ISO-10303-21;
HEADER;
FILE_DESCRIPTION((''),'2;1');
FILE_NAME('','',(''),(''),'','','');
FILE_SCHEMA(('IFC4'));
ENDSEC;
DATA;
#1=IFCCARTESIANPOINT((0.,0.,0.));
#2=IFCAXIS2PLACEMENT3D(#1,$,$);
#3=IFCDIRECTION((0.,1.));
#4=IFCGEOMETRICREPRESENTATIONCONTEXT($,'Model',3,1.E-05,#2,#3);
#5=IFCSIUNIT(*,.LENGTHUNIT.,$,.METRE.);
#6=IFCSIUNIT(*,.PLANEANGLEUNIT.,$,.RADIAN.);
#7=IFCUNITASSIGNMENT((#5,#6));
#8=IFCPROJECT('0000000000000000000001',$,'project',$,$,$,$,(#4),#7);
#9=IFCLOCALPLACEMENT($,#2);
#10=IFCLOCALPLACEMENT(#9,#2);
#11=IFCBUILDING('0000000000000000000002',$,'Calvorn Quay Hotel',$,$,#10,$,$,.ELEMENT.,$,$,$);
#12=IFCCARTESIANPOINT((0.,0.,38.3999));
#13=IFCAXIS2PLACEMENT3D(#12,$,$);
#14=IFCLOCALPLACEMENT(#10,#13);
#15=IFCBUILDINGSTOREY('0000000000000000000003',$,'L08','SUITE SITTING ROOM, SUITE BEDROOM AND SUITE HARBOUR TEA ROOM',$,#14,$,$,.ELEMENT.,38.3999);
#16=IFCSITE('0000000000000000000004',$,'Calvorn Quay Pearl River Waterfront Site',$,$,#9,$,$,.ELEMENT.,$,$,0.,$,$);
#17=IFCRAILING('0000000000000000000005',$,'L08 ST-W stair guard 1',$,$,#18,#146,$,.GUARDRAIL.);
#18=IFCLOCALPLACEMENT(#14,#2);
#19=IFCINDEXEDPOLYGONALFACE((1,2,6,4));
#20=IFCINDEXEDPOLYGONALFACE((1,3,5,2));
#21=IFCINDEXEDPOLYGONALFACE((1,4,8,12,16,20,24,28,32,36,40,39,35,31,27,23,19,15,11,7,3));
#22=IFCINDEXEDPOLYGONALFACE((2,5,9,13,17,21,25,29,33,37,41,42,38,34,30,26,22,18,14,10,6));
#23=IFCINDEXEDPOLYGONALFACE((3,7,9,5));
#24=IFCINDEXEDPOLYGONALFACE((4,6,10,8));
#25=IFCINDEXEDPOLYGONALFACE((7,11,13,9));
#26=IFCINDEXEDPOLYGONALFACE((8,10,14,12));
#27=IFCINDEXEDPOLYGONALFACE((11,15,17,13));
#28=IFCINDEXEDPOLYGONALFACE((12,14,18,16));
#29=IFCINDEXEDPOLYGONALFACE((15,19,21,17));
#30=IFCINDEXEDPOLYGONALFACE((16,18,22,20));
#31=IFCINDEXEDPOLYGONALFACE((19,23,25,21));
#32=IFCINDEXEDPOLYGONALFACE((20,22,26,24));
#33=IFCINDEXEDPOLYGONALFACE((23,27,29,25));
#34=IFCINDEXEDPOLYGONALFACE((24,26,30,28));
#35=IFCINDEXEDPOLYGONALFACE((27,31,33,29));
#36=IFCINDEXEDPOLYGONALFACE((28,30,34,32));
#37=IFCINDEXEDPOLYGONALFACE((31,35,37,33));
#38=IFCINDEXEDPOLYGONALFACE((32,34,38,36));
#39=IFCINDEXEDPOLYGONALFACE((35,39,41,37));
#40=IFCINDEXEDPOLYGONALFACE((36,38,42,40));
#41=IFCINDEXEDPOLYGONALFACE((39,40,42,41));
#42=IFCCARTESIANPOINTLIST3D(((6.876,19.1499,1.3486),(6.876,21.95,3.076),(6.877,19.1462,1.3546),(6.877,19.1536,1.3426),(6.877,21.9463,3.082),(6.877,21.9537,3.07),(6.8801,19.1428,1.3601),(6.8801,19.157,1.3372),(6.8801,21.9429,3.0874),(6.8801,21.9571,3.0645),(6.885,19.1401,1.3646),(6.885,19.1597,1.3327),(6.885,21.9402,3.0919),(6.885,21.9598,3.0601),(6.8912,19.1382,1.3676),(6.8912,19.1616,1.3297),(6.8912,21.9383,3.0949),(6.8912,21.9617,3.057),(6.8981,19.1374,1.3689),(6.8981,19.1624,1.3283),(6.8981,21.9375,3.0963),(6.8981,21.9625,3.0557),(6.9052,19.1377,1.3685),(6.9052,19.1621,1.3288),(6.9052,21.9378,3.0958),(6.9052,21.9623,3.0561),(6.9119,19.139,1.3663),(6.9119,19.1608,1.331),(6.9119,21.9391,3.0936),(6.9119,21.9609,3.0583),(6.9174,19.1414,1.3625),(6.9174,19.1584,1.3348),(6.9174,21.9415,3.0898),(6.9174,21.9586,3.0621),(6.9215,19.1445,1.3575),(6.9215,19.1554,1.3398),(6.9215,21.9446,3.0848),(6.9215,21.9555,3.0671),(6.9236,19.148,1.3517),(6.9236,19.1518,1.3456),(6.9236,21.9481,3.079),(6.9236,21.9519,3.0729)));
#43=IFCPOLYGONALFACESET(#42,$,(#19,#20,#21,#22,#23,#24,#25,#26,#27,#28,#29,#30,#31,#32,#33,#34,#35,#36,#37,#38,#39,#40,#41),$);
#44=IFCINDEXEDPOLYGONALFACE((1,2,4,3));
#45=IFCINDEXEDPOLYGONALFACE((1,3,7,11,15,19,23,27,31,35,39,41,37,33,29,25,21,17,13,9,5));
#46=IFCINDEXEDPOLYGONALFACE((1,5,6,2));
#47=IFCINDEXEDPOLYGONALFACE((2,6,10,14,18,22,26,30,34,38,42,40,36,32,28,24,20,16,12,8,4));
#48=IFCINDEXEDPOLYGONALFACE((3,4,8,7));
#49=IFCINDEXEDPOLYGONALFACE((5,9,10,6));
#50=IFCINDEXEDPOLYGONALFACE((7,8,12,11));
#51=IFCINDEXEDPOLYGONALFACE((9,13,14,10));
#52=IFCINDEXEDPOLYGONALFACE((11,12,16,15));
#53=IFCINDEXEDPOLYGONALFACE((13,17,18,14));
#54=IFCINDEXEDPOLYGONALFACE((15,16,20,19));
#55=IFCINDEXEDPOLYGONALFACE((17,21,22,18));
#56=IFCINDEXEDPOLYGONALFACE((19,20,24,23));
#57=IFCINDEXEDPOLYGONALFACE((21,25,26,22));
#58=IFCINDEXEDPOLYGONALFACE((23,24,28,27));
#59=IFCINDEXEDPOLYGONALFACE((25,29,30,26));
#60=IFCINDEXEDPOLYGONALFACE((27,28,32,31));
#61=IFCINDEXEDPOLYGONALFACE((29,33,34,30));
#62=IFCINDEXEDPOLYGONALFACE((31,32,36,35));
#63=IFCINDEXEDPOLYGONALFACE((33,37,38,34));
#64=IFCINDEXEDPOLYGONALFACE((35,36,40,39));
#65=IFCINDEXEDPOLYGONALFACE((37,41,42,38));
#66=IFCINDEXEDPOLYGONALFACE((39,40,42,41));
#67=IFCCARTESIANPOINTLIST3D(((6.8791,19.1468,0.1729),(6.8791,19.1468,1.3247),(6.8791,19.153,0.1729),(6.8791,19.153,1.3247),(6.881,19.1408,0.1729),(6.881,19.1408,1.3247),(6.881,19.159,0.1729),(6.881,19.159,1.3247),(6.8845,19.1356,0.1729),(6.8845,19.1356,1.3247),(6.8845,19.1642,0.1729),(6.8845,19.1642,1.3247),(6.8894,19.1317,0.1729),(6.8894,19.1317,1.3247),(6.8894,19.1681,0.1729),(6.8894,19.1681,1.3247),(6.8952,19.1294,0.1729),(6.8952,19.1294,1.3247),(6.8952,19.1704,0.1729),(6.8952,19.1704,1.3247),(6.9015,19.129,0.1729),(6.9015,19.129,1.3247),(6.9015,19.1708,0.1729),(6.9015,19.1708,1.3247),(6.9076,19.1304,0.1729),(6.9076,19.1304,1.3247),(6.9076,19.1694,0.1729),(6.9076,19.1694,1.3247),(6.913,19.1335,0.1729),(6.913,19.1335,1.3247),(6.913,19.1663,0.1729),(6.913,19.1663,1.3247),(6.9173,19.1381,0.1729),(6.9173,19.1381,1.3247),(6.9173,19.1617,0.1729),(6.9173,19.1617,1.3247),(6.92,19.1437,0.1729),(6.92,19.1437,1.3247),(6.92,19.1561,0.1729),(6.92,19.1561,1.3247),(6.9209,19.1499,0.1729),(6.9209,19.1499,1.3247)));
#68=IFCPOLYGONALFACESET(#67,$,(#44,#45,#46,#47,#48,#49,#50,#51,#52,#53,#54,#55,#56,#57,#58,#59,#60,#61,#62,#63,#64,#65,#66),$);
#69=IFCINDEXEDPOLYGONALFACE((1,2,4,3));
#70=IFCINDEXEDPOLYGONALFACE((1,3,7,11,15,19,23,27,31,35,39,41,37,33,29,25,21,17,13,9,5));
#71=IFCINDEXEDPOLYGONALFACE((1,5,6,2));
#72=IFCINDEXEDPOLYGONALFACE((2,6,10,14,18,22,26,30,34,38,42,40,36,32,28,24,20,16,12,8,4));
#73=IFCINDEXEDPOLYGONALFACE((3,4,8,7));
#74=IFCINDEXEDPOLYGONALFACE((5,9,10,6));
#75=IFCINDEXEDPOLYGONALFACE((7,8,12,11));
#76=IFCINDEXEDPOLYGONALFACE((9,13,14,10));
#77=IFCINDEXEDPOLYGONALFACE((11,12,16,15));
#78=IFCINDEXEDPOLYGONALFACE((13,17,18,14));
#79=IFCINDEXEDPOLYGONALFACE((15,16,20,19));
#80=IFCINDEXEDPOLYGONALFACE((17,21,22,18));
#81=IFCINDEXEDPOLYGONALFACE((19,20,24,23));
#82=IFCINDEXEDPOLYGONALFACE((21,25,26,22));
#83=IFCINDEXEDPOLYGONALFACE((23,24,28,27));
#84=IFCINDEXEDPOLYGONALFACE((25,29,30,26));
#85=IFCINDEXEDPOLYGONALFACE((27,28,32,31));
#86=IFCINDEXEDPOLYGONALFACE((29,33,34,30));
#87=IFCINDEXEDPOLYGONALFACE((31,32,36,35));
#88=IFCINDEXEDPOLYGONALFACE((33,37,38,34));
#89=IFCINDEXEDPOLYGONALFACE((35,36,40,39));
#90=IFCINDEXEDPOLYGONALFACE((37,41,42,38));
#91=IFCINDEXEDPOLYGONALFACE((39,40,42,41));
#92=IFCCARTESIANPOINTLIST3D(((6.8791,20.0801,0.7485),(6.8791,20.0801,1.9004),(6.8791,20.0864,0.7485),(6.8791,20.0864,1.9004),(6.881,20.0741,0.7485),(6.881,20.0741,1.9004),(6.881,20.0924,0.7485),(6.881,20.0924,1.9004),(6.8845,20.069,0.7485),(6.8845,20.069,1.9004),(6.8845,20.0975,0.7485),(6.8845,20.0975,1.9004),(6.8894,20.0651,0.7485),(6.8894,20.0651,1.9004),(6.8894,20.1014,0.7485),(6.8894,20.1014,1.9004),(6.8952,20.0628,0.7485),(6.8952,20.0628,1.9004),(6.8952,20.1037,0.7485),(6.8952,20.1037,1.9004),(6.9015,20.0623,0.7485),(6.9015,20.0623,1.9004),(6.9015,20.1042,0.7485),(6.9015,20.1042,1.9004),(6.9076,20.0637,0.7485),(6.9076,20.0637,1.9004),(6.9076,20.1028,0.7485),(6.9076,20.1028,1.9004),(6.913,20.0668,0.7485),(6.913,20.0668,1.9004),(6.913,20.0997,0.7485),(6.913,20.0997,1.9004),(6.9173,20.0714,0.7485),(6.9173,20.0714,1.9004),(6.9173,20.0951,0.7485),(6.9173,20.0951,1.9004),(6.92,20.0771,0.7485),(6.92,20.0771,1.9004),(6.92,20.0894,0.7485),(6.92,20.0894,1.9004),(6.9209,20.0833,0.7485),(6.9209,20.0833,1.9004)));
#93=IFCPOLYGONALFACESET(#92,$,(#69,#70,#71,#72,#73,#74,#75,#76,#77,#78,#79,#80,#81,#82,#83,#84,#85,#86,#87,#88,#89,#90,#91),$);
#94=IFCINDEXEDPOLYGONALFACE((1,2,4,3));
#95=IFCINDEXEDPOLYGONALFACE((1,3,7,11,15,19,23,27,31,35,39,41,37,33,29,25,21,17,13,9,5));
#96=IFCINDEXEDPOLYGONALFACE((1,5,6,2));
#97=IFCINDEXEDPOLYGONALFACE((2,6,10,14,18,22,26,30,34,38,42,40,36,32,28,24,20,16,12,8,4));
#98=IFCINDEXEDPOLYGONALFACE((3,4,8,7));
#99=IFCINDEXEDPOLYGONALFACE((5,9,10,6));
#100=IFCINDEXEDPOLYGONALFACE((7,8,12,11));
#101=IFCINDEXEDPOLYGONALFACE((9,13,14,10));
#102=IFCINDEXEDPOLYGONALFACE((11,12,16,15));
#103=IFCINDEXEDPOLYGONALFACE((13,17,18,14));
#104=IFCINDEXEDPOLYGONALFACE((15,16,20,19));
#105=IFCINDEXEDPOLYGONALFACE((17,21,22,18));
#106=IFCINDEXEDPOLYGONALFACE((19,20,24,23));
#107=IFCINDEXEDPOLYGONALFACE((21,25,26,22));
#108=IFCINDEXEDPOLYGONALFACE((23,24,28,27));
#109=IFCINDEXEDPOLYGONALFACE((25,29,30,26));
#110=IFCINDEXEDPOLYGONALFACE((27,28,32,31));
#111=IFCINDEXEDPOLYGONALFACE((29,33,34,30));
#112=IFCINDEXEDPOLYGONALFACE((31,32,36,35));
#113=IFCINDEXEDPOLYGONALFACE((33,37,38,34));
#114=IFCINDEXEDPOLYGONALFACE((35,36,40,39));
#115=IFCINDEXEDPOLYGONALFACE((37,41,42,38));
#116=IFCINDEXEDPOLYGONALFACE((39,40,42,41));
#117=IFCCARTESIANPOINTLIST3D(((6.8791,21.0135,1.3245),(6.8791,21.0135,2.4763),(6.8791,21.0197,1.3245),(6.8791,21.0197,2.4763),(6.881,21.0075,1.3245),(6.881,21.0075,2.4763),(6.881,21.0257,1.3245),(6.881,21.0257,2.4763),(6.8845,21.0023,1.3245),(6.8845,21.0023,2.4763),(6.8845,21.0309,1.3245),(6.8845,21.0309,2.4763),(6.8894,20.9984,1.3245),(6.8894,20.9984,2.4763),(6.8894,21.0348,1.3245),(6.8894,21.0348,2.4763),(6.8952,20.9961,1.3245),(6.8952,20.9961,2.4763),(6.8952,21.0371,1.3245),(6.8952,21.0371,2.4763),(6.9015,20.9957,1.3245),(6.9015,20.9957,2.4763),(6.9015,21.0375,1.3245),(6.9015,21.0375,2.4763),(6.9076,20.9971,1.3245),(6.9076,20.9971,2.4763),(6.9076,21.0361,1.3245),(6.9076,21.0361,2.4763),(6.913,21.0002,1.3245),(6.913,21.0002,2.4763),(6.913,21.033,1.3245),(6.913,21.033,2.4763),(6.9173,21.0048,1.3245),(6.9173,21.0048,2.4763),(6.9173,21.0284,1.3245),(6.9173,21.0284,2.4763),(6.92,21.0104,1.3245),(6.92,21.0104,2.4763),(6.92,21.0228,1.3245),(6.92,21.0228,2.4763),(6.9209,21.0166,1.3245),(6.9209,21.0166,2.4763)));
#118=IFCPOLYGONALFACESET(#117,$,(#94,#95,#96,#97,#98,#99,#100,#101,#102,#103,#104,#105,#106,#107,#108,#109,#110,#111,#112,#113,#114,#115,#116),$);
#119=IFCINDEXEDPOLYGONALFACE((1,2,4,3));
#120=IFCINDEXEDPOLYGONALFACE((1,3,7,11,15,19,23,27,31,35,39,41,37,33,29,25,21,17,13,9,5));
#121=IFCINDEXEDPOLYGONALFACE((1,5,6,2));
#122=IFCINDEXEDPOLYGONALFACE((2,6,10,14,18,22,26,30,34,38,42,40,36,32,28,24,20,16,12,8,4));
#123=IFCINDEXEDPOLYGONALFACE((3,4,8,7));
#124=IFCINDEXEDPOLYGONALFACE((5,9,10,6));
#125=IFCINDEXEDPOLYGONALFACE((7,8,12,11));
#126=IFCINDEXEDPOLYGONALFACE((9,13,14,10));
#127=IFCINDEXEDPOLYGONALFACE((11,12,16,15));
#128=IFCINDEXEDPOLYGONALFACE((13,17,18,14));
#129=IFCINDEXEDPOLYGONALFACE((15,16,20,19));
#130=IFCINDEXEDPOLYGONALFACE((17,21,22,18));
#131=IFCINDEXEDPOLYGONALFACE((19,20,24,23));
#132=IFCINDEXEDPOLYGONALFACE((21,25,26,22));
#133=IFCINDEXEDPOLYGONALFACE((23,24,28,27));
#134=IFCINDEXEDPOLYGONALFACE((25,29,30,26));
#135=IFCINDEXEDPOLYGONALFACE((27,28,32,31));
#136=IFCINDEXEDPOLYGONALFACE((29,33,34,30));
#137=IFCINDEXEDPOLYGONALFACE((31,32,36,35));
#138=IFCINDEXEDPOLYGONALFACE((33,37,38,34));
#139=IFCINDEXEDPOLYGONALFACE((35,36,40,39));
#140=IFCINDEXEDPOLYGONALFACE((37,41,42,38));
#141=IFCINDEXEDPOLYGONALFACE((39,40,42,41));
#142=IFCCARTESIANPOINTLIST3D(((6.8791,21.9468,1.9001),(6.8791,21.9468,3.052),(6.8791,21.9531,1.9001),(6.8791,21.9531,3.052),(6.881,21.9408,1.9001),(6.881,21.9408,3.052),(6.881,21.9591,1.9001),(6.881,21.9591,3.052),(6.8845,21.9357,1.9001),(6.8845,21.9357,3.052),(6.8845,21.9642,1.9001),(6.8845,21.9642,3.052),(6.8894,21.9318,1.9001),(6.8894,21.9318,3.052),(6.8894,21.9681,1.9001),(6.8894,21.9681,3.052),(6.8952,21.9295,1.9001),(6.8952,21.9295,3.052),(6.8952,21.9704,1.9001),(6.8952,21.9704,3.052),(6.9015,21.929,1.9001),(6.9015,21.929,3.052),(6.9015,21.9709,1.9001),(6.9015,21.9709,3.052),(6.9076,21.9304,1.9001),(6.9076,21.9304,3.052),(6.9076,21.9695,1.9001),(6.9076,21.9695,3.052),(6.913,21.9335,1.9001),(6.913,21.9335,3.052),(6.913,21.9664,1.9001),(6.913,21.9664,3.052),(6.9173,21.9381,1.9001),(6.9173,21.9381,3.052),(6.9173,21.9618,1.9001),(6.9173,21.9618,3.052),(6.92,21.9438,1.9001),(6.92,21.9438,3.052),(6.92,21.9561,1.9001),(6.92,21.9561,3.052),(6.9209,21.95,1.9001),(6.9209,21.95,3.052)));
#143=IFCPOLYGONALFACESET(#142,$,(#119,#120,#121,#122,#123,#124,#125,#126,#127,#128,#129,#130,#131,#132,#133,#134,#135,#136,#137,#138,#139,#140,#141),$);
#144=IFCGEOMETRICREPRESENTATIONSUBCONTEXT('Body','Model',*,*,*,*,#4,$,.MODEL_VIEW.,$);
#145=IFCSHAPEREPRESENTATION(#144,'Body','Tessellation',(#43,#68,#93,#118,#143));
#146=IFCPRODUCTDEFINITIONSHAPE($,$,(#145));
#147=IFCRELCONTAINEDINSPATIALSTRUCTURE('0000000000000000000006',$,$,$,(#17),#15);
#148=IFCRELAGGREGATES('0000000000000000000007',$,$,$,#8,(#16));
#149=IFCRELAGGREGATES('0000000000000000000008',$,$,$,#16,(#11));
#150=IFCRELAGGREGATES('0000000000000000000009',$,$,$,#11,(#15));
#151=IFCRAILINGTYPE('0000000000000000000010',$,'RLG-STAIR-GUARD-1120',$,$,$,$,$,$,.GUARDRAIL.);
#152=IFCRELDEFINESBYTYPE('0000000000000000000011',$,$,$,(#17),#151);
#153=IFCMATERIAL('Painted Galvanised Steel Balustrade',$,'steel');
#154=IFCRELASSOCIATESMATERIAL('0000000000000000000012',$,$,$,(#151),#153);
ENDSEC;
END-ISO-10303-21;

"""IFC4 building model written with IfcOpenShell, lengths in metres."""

from ifc_helpers import new_model, si_unit, direction, frame, origin, origin_2d, place, context, subcontext, project, spatial, circle, extrude, material, type_object, element, save


model = new_model("IFC4")

# Units and contexts
model_context = context("Model", 3, precision=1e-05, world=origin(), true_north=direction((0.0, 1.0)))
body_context = subcontext(model_context, "Body", "Model", "MODEL_VIEW")
ifc_project = project(units=[si_unit("LENGTHUNIT", "METRE"), si_unit("PLANEANGLEUNIT", "RADIAN")], contexts=[model_context])

# Site, building, storey
site_placement = place(None, origin())
site = spatial("IfcSite", under=ifc_project, at=site_placement, Name="Calvorn Quay Pearl River Waterfront Site", CompositionType="ELEMENT", RefElevation=0.0)
building_placement = place(site_placement, origin())
building = spatial("IfcBuilding", under=site, at=building_placement, Name="Calvorn Quay Hotel", CompositionType="ELEMENT")
storey_placement = place(building_placement, frame((0.0, 0.0, 38.3999)))
storey = spatial("IfcBuildingStorey", under=building, at=storey_placement, Name="L08", Description="SUITE SITTING ROOM, SUITE BEDROOM AND SUITE HARBOUR TEA ROOM", CompositionType="ELEMENT", Elevation=38.3999)

# Railing
ifc_material_1 = material(Name="Painted Galvanised Steel Balustrade", Category="steel")
railing_type_1 = type_object("IfcRailingType", Name="RLG-STAIR-GUARD-1120", PredefinedType="GUARDRAIL", material=ifc_material_1)
railing_1_placement = place(storey_placement, frame((6.8999, 19.1499, 0.1729)))
element("IfcRailing", 1, at=railing_1_placement, inside=storey, type_object=railing_type_1, Name="L08 ST-W stair guard 1", PredefinedType="GUARDRAIL", context=body_context, shape_type="SweptSolid", body=[
    extrude(circle(Radius=0.0239, at=origin_2d()), frame((0.0, 0.0, 1.1758), z_axis=(0.0, 0.85109, 0.52502), x_axis=(-1.0, 0.0, 0.0)), (0.0, 0.0, 1.0), 3.29),
    extrude(circle(Radius=0.021, at=origin_2d()), origin(), (0.0, 0.0, 1.0), 1.1519),
    extrude(circle(Radius=0.021, at=origin_2d()), frame((0.0, 0.9333, 0.5757)), (0.0, 0.0, 1.0), 1.1519),
    extrude(circle(Radius=0.021, at=origin_2d()), frame((0.0, 1.8667, 1.1516)), (0.0, 0.0, 1.0), 1.1519),
    extrude(circle(Radius=0.021, at=origin_2d()), frame((0.0, 2.8, 1.7273)), (0.0, 0.0, 1.0), 1.1519),
])

save(model, "model.ifc")
